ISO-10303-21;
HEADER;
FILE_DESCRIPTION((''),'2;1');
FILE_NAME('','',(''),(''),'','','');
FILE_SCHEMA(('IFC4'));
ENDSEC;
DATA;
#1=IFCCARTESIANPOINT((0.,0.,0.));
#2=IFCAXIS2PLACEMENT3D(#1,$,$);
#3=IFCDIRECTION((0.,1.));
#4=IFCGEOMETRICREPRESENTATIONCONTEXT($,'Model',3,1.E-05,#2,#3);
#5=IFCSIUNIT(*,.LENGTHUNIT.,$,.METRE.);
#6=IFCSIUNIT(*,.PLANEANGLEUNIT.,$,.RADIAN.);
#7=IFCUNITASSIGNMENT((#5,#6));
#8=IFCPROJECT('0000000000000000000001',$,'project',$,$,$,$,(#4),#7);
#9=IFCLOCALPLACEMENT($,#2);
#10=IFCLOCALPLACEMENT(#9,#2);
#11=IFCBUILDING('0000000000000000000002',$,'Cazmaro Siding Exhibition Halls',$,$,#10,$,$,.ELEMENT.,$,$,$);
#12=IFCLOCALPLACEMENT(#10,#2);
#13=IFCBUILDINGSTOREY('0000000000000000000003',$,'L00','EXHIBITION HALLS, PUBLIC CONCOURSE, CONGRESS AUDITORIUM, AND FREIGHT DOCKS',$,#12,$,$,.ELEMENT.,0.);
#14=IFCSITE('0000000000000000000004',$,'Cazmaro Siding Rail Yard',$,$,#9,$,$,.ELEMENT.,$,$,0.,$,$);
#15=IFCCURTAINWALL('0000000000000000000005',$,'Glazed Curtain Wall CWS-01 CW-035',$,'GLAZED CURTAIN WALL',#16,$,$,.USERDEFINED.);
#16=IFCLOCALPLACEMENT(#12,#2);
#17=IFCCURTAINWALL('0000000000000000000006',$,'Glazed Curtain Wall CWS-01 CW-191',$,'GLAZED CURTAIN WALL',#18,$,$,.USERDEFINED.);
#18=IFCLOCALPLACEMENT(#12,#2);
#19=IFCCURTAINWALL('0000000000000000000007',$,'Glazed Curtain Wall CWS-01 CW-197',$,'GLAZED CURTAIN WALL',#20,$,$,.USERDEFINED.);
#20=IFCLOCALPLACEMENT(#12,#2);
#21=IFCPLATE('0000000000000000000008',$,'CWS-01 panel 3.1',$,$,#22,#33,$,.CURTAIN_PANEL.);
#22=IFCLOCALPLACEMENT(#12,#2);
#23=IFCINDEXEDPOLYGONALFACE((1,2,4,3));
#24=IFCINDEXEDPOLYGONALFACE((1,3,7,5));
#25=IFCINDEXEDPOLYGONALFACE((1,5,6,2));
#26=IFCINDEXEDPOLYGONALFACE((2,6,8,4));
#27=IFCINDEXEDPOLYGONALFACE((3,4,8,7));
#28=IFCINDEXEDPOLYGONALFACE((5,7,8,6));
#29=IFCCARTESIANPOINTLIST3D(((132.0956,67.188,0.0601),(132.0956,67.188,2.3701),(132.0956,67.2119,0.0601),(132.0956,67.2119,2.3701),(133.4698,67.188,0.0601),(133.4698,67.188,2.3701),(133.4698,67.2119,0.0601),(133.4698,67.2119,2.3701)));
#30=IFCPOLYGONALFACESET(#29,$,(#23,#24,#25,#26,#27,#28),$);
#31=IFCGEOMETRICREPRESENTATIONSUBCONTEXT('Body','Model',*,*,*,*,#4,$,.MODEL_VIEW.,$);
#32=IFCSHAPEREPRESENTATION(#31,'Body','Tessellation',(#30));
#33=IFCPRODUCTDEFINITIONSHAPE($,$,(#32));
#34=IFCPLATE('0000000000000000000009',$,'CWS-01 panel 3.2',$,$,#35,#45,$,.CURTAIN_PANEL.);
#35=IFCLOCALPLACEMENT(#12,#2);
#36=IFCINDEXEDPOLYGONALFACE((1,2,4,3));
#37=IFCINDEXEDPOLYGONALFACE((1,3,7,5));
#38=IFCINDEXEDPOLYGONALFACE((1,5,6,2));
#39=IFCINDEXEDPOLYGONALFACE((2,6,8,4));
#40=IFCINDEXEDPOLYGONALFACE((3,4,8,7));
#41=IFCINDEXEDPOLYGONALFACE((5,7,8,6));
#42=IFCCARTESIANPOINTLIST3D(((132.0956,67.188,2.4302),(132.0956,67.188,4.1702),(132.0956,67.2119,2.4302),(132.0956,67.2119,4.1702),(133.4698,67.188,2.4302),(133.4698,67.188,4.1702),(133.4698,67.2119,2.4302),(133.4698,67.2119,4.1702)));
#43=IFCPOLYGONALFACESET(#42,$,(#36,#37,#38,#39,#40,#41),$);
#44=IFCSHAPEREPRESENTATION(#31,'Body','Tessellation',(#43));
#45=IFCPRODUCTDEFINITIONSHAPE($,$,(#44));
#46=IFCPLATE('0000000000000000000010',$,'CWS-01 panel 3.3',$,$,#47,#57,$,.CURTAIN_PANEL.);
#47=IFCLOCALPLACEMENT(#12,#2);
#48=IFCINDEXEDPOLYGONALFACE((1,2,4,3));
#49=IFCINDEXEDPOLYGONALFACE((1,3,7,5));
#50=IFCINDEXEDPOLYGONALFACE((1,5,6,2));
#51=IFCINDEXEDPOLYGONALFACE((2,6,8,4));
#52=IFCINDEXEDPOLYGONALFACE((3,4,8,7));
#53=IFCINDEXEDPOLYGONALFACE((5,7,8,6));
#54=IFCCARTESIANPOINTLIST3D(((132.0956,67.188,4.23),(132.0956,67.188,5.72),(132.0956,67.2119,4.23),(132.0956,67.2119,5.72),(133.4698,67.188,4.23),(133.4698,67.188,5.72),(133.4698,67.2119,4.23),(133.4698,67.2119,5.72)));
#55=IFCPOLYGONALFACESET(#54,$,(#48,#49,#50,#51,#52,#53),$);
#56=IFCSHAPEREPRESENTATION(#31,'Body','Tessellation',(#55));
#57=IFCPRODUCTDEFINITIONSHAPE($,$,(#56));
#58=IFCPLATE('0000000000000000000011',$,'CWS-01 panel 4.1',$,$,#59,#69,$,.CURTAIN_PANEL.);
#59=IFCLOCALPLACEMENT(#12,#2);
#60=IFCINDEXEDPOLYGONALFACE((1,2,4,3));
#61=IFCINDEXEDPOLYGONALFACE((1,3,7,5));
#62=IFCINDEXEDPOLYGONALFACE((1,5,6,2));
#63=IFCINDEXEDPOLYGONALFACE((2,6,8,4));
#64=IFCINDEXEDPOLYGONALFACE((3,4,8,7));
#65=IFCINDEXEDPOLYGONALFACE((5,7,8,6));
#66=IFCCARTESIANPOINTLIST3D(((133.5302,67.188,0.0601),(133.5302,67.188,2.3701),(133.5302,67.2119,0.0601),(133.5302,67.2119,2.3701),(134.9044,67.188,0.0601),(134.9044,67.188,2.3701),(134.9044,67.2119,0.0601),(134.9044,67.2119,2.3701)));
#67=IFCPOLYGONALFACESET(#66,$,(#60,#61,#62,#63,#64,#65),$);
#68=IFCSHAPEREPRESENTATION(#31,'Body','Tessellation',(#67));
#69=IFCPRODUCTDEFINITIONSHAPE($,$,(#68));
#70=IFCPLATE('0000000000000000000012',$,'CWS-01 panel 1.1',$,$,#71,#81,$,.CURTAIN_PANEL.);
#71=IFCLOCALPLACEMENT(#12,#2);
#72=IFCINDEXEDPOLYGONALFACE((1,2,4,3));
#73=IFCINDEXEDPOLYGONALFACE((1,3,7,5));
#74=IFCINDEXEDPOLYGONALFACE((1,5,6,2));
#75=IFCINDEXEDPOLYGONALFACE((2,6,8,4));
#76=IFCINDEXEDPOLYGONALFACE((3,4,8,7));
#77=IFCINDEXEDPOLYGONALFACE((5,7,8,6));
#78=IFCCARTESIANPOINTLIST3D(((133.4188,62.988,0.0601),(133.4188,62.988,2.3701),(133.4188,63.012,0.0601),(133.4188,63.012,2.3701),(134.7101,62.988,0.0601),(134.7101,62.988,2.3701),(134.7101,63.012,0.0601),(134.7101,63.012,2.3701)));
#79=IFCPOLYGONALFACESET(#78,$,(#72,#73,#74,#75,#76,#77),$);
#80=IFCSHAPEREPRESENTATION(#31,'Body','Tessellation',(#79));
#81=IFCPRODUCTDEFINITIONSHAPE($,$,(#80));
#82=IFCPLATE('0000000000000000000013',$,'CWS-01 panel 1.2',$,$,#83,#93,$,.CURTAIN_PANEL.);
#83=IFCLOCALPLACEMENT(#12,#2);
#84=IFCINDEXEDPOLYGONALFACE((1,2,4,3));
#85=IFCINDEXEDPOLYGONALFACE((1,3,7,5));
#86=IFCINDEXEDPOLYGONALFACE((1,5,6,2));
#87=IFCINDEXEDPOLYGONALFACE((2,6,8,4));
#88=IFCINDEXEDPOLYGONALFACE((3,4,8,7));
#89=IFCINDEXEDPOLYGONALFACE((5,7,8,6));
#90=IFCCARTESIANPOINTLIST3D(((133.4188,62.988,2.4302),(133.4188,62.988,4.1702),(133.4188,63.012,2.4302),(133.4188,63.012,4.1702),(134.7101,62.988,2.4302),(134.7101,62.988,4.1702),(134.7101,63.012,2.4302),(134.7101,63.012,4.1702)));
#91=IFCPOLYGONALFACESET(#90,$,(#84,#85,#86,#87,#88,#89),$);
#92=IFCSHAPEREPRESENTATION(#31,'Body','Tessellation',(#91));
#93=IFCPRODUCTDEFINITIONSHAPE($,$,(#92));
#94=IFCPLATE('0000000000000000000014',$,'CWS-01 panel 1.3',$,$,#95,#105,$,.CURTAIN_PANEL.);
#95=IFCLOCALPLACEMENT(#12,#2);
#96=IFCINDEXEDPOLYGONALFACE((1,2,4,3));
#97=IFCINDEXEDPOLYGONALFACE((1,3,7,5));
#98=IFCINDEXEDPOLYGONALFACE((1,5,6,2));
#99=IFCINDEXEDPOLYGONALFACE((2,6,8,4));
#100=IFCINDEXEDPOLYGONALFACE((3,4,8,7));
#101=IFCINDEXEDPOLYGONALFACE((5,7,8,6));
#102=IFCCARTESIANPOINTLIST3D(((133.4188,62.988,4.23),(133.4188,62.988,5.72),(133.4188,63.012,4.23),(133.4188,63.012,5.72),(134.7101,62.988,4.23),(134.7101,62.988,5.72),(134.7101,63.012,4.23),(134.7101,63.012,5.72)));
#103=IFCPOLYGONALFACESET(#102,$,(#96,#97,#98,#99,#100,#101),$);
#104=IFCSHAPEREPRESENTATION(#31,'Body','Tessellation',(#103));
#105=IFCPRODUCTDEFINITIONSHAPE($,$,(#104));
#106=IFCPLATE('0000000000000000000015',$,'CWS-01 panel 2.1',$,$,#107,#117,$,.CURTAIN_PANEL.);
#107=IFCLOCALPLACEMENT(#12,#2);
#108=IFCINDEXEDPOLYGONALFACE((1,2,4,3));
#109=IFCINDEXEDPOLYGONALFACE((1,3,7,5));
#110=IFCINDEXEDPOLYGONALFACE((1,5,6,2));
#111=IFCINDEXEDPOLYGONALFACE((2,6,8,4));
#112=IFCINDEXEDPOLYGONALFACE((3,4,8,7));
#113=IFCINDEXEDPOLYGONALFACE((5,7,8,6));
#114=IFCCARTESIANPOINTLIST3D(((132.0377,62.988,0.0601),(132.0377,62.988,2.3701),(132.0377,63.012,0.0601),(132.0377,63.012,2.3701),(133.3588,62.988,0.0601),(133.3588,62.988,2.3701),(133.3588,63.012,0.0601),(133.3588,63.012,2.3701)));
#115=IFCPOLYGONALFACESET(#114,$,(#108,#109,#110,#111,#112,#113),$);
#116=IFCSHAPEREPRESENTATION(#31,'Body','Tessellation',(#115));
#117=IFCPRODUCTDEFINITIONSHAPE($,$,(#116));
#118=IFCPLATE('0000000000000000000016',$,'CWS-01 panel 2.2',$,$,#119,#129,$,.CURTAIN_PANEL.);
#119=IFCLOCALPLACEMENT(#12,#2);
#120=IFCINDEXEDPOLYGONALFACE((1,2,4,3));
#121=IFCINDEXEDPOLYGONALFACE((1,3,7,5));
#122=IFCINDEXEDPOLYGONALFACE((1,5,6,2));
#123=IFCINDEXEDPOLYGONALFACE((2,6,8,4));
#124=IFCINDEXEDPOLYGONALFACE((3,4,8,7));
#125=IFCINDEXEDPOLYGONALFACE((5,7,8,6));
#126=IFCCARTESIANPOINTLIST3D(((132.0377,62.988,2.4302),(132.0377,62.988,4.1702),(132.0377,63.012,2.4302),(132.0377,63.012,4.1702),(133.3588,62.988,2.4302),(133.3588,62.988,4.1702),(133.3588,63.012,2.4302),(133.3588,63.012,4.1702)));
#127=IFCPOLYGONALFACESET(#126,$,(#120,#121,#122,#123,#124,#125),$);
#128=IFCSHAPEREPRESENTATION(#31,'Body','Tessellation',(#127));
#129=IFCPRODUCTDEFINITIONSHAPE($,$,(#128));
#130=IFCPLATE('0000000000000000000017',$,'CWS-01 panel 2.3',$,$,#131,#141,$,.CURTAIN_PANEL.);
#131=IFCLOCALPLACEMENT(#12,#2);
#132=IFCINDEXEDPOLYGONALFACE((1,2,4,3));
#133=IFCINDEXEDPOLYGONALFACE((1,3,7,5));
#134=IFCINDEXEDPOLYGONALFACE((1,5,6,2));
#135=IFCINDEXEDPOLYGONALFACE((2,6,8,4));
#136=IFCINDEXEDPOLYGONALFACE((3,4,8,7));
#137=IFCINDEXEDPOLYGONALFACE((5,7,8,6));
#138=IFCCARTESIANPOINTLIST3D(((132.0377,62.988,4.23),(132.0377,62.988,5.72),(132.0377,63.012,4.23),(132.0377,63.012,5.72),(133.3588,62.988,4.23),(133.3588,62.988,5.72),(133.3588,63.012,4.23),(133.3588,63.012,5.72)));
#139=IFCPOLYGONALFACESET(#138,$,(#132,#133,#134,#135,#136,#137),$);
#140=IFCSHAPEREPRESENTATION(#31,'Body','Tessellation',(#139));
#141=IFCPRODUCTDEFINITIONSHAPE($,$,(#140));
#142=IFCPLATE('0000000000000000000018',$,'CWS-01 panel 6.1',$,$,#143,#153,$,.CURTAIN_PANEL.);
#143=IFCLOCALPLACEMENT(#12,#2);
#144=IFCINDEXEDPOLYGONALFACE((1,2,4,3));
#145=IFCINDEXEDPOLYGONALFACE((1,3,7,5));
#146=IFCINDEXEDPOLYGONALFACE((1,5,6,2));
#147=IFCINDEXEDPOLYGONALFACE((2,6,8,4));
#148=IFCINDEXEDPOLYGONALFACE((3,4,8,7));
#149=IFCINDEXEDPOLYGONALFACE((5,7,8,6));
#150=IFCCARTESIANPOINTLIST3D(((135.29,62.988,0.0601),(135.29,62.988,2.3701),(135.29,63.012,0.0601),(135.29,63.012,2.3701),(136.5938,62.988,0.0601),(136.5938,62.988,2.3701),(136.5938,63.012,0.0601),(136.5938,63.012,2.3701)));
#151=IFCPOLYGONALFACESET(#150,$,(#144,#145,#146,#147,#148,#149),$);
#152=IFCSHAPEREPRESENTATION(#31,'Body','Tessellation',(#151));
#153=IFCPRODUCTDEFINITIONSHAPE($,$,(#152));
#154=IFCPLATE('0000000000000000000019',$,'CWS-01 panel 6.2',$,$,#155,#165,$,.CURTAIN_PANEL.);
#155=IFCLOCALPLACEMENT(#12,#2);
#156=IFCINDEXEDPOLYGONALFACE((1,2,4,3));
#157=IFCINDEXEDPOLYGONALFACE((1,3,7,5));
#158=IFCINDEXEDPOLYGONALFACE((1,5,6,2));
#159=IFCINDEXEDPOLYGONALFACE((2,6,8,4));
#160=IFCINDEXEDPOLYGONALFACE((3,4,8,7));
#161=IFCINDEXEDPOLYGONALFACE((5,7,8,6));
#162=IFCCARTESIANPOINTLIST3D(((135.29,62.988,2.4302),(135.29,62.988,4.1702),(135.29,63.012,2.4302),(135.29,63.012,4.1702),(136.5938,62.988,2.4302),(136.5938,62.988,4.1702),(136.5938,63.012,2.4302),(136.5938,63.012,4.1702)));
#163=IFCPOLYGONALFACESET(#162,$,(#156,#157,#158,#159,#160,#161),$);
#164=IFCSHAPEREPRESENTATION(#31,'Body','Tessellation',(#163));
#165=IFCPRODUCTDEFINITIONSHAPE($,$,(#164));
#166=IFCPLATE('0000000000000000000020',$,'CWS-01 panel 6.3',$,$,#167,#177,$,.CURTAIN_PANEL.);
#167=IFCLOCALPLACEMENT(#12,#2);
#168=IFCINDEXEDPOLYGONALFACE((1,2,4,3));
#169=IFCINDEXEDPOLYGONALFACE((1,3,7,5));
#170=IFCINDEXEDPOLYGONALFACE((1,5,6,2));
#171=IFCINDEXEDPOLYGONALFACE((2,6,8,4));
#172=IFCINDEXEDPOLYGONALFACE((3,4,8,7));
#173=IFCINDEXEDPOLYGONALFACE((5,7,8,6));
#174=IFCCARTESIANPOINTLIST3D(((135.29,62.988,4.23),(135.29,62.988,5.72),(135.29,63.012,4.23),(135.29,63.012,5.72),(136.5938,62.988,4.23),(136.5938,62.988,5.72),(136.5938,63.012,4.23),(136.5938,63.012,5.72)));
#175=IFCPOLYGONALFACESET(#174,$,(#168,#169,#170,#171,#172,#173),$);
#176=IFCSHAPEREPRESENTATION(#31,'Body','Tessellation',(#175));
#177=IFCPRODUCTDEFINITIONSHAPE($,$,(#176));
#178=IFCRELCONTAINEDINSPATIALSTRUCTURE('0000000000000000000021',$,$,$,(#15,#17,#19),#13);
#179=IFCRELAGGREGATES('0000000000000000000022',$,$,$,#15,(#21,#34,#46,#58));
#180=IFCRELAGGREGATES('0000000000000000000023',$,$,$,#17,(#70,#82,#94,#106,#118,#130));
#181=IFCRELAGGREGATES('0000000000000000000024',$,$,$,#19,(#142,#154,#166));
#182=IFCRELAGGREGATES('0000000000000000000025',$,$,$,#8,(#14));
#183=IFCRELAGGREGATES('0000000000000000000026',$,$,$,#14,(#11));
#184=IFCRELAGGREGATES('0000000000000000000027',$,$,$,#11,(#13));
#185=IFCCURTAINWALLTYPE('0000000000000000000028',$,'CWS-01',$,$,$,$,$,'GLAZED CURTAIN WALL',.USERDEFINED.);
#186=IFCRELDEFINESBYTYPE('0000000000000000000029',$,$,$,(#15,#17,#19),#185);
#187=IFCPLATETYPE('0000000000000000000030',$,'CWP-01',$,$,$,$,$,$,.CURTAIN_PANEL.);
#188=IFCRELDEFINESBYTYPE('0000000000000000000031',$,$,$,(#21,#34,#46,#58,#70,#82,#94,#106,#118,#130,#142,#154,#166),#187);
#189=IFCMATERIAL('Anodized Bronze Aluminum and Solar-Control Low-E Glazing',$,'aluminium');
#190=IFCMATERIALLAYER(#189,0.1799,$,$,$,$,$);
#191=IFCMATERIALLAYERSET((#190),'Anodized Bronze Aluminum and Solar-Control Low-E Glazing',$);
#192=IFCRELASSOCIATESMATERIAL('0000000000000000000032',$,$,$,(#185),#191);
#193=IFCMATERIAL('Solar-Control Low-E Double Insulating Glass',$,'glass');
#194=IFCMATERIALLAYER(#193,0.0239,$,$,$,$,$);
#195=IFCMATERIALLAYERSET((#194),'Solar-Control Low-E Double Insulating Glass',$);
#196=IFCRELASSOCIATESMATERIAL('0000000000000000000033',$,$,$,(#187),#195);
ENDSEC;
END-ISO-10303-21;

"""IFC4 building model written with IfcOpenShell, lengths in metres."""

from ifc_helpers import new_model, si_unit, direction, frame, origin, origin_2d, place, context, subcontext, project, spatial, rectangle, extrude, material, layer, layer_set, type_object, element, aggregate, save


model = new_model("IFC4")

# Units and contexts
model_context = context("Model", 3, precision=1e-05, world=origin(), true_north=direction((0.0, 1.0)))
body_context = subcontext(model_context, "Body", "Model", "MODEL_VIEW")
ifc_project = project(units=[si_unit("LENGTHUNIT", "METRE"), si_unit("PLANEANGLEUNIT", "RADIAN")], contexts=[model_context])

# Site, building, storey
site_placement = place(None, origin())
site = spatial("IfcSite", under=ifc_project, at=site_placement, Name="Cazmaro Siding Rail Yard", CompositionType="ELEMENT", RefElevation=0.0)
building_placement = place(site_placement, origin())
building = spatial("IfcBuilding", under=site, at=building_placement, Name="Cazmaro Siding Exhibition Halls", CompositionType="ELEMENT")
storey_placement = place(building_placement, origin())
storey = spatial("IfcBuildingStorey", under=building, at=storey_placement, Name="L00", Description="EXHIBITION HALLS, PUBLIC CONCOURSE, CONGRESS AUDITORIUM, AND FREIGHT DOCKS", CompositionType="ELEMENT", Elevation=0.0)

# Curtain wall
ifc_material_1 = material(Name="Anodized Bronze Aluminum and Solar-Control Low-E Glazing", Category="aluminium")
ifc_layer_1 = layer(ifc_material_1, 0.1799)
ifc_layer_set_1 = layer_set([ifc_layer_1], Name="Anodized Bronze Aluminum and Solar-Control Low-E Glazing")
curtain_wall_type = type_object("IfcCurtainWallType", Name="CWS-01", ElementType="GLAZED CURTAIN WALL", PredefinedType="USERDEFINED", material=ifc_layer_set_1)
curtain_wall_1_placement = place(storey_placement, origin())
curtain_wall_1 = element("IfcCurtainWall", 1, at=curtain_wall_1_placement, inside=storey, type_object=curtain_wall_type, Name="Glazed Curtain Wall CWS-01 CW-035", ObjectType="GLAZED CURTAIN WALL", PredefinedType="USERDEFINED")

# Curtain wall
curtain_wall_2_placement = place(storey_placement, origin())
curtain_wall_2 = element("IfcCurtainWall", 2, at=curtain_wall_2_placement, inside=storey, type_object=curtain_wall_type, Name="Glazed Curtain Wall CWS-01 CW-191", ObjectType="GLAZED CURTAIN WALL", PredefinedType="USERDEFINED")

# Curtain wall
curtain_wall_3_placement = place(storey_placement, origin())
curtain_wall_3 = element("IfcCurtainWall", 3, at=curtain_wall_3_placement, inside=storey, type_object=curtain_wall_type, Name="Glazed Curtain Wall CWS-01 CW-197", ObjectType="GLAZED CURTAIN WALL", PredefinedType="USERDEFINED")

# Plates
ifc_material_2 = material(Name="Solar-Control Low-E Double Insulating Glass", Category="glass")
ifc_layer_2 = layer(ifc_material_2, 0.0239)
ifc_layer_set_2 = layer_set([ifc_layer_2], Name="Solar-Control Low-E Double Insulating Glass")
plate_type = type_object("IfcPlateType", Name="CWP-01", PredefinedType="CURTAIN_PANEL", material=ifc_layer_set_2)
plate_1_placement = place(storey_placement, frame((132.7827, 67.2, 0.0601), z_axis=(0.0, 0.0, 1.0), x_axis=(1.0, 0.0, 0.0)))
plate_1 = element("IfcPlate", 4, at=plate_1_placement, type_object=plate_type, Name="CWS-01 panel 3.1", PredefinedType="CURTAIN_PANEL", context=body_context, shape_type="SweptSolid", body=[
    extrude(rectangle(XDim=1.3743, YDim=0.0239, at=origin_2d()), origin(), (0.0, 0.0, 1.0), 2.3101),
])
plate_2_placement = place(storey_placement, frame((132.7827, 67.2, 2.4302), z_axis=(0.0, 0.0, 1.0), x_axis=(1.0, 0.0, 0.0)))
plate_2 = element("IfcPlate", 5, at=plate_2_placement, type_object=plate_type, Name="CWS-01 panel 3.2", PredefinedType="CURTAIN_PANEL", context=body_context, shape_type="SweptSolid", body=[
    extrude(rectangle(XDim=1.3743, YDim=0.0239, at=origin_2d()), origin(), (0.0, 0.0, 1.0), 1.74),
])
plate_3_placement = place(storey_placement, frame((132.7827, 67.2, 4.23), z_axis=(0.0, 0.0, 1.0), x_axis=(1.0, 0.0, 0.0)))
plate_3 = element("IfcPlate", 6, at=plate_3_placement, type_object=plate_type, Name="CWS-01 panel 3.3", PredefinedType="CURTAIN_PANEL", context=body_context, shape_type="SweptSolid", body=[
    extrude(rectangle(XDim=1.3743, YDim=0.0239, at=origin_2d()), origin(), (0.0, 0.0, 1.0), 1.49),
])
plate_4_placement = place(storey_placement, frame((134.2173, 67.2, 0.0601), z_axis=(0.0, 0.0, 1.0), x_axis=(1.0, 0.0, 0.0)))
plate_4 = element("IfcPlate", 7, at=plate_4_placement, type_object=plate_type, Name="CWS-01 panel 4.1", PredefinedType="CURTAIN_PANEL", context=body_context, shape_type="SweptSolid", body=[
    extrude(rectangle(XDim=1.3743, YDim=0.0239, at=origin_2d()), origin(), (0.0, 0.0, 1.0), 2.3101),
])
aggregate(curtain_wall_1, [plate_1, plate_2, plate_3, plate_4])
plate_5_placement = place(storey_placement, frame((134.0645, 63.0, 0.0601), z_axis=(0.0, 0.0, 1.0), x_axis=(-1.0, 0.0, 0.0)))
plate_5 = element("IfcPlate", 8, at=plate_5_placement, type_object=plate_type, Name="CWS-01 panel 1.1", PredefinedType="CURTAIN_PANEL", context=body_context, shape_type="SweptSolid", body=[
    extrude(rectangle(XDim=1.2913, YDim=0.0239, at=origin_2d()), origin(), (0.0, 0.0, 1.0), 2.3101),
])
plate_6_placement = place(storey_placement, frame((134.0645, 63.0, 2.4302), z_axis=(0.0, 0.0, 1.0), x_axis=(-1.0, 0.0, 0.0)))
plate_6 = element("IfcPlate", 9, at=plate_6_placement, type_object=plate_type, Name="CWS-01 panel 1.2", PredefinedType="CURTAIN_PANEL", context=body_context, shape_type="SweptSolid", body=[
    extrude(rectangle(XDim=1.2913, YDim=0.0239, at=origin_2d()), origin(), (0.0, 0.0, 1.0), 1.74),
])
plate_7_placement = place(storey_placement, frame((134.0645, 63.0, 4.23), z_axis=(0.0, 0.0, 1.0), x_axis=(-1.0, 0.0, 0.0)))
plate_7 = element("IfcPlate", 10, at=plate_7_placement, type_object=plate_type, Name="CWS-01 panel 1.3", PredefinedType="CURTAIN_PANEL", context=body_context, shape_type="SweptSolid", body=[
    extrude(rectangle(XDim=1.2913, YDim=0.0239, at=origin_2d()), origin(), (0.0, 0.0, 1.0), 1.49),
])
plate_8_placement = place(storey_placement, frame((132.6982, 63.0, 0.0601), z_axis=(0.0, 0.0, 1.0), x_axis=(-1.0, 0.0, 0.0)))
plate_8 = element("IfcPlate", 11, at=plate_8_placement, type_object=plate_type, Name="CWS-01 panel 2.1", PredefinedType="CURTAIN_PANEL", context=body_context, shape_type="SweptSolid", body=[
    extrude(rectangle(XDim=1.321, YDim=0.0239, at=origin_2d()), origin(), (0.0, 0.0, 1.0), 2.3101),
])
plate_9_placement = place(storey_placement, frame((132.6982, 63.0, 2.4302), z_axis=(0.0, 0.0, 1.0), x_axis=(-1.0, 0.0, 0.0)))
plate_9 = element("IfcPlate", 12, at=plate_9_placement, type_object=plate_type, Name="CWS-01 panel 2.2", PredefinedType="CURTAIN_PANEL", context=body_context, shape_type="SweptSolid", body=[
    extrude(rectangle(XDim=1.321, YDim=0.0239, at=origin_2d()), origin(), (0.0, 0.0, 1.0), 1.74),
])
plate_10_placement = place(storey_placement, frame((132.6982, 63.0, 4.23), z_axis=(0.0, 0.0, 1.0), x_axis=(-1.0, 0.0, 0.0)))
plate_10 = element("IfcPlate", 13, at=plate_10_placement, type_object=plate_type, Name="CWS-01 panel 2.3", PredefinedType="CURTAIN_PANEL", context=body_context, shape_type="SweptSolid", body=[
    extrude(rectangle(XDim=1.321, YDim=0.0239, at=origin_2d()), origin(), (0.0, 0.0, 1.0), 1.49),
])
aggregate(curtain_wall_2, [plate_5, plate_6, plate_7, plate_8, plate_9, plate_10])
plate_11_placement = place(storey_placement, frame((135.9419, 63.0, 0.0601), z_axis=(0.0, 0.0, 1.0), x_axis=(-1.0, 0.0, 0.0)))
plate_11 = element("IfcPlate", 14, at=plate_11_placement, type_object=plate_type, Name="CWS-01 panel 6.1", PredefinedType="CURTAIN_PANEL", context=body_context, shape_type="SweptSolid", body=[
    extrude(rectangle(XDim=1.3037, YDim=0.0239, at=origin_2d()), origin(), (0.0, 0.0, 1.0), 2.3101),
])
plate_12_placement = place(storey_placement, frame((135.9419, 63.0, 2.4302), z_axis=(0.0, 0.0, 1.0), x_axis=(-1.0, 0.0, 0.0)))
plate_12 = element("IfcPlate", 15, at=plate_12_placement, type_object=plate_type, Name="CWS-01 panel 6.2", PredefinedType="CURTAIN_PANEL", context=body_context, shape_type="SweptSolid", body=[
    extrude(rectangle(XDim=1.3037, YDim=0.0239, at=origin_2d()), origin(), (0.0, 0.0, 1.0), 1.74),
])
plate_13_placement = place(storey_placement, frame((135.9419, 63.0, 4.23), z_axis=(0.0, 0.0, 1.0), x_axis=(-1.0, 0.0, 0.0)))
plate_13 = element("IfcPlate", 16, at=plate_13_placement, type_object=plate_type, Name="CWS-01 panel 6.3", PredefinedType="CURTAIN_PANEL", context=body_context, shape_type="SweptSolid", body=[
    extrude(rectangle(XDim=1.3037, YDim=0.0239, at=origin_2d()), origin(), (0.0, 0.0, 1.0), 1.49),
])
aggregate(curtain_wall_3, [plate_11, plate_12, plate_13])

save(model, "model.ifc")
